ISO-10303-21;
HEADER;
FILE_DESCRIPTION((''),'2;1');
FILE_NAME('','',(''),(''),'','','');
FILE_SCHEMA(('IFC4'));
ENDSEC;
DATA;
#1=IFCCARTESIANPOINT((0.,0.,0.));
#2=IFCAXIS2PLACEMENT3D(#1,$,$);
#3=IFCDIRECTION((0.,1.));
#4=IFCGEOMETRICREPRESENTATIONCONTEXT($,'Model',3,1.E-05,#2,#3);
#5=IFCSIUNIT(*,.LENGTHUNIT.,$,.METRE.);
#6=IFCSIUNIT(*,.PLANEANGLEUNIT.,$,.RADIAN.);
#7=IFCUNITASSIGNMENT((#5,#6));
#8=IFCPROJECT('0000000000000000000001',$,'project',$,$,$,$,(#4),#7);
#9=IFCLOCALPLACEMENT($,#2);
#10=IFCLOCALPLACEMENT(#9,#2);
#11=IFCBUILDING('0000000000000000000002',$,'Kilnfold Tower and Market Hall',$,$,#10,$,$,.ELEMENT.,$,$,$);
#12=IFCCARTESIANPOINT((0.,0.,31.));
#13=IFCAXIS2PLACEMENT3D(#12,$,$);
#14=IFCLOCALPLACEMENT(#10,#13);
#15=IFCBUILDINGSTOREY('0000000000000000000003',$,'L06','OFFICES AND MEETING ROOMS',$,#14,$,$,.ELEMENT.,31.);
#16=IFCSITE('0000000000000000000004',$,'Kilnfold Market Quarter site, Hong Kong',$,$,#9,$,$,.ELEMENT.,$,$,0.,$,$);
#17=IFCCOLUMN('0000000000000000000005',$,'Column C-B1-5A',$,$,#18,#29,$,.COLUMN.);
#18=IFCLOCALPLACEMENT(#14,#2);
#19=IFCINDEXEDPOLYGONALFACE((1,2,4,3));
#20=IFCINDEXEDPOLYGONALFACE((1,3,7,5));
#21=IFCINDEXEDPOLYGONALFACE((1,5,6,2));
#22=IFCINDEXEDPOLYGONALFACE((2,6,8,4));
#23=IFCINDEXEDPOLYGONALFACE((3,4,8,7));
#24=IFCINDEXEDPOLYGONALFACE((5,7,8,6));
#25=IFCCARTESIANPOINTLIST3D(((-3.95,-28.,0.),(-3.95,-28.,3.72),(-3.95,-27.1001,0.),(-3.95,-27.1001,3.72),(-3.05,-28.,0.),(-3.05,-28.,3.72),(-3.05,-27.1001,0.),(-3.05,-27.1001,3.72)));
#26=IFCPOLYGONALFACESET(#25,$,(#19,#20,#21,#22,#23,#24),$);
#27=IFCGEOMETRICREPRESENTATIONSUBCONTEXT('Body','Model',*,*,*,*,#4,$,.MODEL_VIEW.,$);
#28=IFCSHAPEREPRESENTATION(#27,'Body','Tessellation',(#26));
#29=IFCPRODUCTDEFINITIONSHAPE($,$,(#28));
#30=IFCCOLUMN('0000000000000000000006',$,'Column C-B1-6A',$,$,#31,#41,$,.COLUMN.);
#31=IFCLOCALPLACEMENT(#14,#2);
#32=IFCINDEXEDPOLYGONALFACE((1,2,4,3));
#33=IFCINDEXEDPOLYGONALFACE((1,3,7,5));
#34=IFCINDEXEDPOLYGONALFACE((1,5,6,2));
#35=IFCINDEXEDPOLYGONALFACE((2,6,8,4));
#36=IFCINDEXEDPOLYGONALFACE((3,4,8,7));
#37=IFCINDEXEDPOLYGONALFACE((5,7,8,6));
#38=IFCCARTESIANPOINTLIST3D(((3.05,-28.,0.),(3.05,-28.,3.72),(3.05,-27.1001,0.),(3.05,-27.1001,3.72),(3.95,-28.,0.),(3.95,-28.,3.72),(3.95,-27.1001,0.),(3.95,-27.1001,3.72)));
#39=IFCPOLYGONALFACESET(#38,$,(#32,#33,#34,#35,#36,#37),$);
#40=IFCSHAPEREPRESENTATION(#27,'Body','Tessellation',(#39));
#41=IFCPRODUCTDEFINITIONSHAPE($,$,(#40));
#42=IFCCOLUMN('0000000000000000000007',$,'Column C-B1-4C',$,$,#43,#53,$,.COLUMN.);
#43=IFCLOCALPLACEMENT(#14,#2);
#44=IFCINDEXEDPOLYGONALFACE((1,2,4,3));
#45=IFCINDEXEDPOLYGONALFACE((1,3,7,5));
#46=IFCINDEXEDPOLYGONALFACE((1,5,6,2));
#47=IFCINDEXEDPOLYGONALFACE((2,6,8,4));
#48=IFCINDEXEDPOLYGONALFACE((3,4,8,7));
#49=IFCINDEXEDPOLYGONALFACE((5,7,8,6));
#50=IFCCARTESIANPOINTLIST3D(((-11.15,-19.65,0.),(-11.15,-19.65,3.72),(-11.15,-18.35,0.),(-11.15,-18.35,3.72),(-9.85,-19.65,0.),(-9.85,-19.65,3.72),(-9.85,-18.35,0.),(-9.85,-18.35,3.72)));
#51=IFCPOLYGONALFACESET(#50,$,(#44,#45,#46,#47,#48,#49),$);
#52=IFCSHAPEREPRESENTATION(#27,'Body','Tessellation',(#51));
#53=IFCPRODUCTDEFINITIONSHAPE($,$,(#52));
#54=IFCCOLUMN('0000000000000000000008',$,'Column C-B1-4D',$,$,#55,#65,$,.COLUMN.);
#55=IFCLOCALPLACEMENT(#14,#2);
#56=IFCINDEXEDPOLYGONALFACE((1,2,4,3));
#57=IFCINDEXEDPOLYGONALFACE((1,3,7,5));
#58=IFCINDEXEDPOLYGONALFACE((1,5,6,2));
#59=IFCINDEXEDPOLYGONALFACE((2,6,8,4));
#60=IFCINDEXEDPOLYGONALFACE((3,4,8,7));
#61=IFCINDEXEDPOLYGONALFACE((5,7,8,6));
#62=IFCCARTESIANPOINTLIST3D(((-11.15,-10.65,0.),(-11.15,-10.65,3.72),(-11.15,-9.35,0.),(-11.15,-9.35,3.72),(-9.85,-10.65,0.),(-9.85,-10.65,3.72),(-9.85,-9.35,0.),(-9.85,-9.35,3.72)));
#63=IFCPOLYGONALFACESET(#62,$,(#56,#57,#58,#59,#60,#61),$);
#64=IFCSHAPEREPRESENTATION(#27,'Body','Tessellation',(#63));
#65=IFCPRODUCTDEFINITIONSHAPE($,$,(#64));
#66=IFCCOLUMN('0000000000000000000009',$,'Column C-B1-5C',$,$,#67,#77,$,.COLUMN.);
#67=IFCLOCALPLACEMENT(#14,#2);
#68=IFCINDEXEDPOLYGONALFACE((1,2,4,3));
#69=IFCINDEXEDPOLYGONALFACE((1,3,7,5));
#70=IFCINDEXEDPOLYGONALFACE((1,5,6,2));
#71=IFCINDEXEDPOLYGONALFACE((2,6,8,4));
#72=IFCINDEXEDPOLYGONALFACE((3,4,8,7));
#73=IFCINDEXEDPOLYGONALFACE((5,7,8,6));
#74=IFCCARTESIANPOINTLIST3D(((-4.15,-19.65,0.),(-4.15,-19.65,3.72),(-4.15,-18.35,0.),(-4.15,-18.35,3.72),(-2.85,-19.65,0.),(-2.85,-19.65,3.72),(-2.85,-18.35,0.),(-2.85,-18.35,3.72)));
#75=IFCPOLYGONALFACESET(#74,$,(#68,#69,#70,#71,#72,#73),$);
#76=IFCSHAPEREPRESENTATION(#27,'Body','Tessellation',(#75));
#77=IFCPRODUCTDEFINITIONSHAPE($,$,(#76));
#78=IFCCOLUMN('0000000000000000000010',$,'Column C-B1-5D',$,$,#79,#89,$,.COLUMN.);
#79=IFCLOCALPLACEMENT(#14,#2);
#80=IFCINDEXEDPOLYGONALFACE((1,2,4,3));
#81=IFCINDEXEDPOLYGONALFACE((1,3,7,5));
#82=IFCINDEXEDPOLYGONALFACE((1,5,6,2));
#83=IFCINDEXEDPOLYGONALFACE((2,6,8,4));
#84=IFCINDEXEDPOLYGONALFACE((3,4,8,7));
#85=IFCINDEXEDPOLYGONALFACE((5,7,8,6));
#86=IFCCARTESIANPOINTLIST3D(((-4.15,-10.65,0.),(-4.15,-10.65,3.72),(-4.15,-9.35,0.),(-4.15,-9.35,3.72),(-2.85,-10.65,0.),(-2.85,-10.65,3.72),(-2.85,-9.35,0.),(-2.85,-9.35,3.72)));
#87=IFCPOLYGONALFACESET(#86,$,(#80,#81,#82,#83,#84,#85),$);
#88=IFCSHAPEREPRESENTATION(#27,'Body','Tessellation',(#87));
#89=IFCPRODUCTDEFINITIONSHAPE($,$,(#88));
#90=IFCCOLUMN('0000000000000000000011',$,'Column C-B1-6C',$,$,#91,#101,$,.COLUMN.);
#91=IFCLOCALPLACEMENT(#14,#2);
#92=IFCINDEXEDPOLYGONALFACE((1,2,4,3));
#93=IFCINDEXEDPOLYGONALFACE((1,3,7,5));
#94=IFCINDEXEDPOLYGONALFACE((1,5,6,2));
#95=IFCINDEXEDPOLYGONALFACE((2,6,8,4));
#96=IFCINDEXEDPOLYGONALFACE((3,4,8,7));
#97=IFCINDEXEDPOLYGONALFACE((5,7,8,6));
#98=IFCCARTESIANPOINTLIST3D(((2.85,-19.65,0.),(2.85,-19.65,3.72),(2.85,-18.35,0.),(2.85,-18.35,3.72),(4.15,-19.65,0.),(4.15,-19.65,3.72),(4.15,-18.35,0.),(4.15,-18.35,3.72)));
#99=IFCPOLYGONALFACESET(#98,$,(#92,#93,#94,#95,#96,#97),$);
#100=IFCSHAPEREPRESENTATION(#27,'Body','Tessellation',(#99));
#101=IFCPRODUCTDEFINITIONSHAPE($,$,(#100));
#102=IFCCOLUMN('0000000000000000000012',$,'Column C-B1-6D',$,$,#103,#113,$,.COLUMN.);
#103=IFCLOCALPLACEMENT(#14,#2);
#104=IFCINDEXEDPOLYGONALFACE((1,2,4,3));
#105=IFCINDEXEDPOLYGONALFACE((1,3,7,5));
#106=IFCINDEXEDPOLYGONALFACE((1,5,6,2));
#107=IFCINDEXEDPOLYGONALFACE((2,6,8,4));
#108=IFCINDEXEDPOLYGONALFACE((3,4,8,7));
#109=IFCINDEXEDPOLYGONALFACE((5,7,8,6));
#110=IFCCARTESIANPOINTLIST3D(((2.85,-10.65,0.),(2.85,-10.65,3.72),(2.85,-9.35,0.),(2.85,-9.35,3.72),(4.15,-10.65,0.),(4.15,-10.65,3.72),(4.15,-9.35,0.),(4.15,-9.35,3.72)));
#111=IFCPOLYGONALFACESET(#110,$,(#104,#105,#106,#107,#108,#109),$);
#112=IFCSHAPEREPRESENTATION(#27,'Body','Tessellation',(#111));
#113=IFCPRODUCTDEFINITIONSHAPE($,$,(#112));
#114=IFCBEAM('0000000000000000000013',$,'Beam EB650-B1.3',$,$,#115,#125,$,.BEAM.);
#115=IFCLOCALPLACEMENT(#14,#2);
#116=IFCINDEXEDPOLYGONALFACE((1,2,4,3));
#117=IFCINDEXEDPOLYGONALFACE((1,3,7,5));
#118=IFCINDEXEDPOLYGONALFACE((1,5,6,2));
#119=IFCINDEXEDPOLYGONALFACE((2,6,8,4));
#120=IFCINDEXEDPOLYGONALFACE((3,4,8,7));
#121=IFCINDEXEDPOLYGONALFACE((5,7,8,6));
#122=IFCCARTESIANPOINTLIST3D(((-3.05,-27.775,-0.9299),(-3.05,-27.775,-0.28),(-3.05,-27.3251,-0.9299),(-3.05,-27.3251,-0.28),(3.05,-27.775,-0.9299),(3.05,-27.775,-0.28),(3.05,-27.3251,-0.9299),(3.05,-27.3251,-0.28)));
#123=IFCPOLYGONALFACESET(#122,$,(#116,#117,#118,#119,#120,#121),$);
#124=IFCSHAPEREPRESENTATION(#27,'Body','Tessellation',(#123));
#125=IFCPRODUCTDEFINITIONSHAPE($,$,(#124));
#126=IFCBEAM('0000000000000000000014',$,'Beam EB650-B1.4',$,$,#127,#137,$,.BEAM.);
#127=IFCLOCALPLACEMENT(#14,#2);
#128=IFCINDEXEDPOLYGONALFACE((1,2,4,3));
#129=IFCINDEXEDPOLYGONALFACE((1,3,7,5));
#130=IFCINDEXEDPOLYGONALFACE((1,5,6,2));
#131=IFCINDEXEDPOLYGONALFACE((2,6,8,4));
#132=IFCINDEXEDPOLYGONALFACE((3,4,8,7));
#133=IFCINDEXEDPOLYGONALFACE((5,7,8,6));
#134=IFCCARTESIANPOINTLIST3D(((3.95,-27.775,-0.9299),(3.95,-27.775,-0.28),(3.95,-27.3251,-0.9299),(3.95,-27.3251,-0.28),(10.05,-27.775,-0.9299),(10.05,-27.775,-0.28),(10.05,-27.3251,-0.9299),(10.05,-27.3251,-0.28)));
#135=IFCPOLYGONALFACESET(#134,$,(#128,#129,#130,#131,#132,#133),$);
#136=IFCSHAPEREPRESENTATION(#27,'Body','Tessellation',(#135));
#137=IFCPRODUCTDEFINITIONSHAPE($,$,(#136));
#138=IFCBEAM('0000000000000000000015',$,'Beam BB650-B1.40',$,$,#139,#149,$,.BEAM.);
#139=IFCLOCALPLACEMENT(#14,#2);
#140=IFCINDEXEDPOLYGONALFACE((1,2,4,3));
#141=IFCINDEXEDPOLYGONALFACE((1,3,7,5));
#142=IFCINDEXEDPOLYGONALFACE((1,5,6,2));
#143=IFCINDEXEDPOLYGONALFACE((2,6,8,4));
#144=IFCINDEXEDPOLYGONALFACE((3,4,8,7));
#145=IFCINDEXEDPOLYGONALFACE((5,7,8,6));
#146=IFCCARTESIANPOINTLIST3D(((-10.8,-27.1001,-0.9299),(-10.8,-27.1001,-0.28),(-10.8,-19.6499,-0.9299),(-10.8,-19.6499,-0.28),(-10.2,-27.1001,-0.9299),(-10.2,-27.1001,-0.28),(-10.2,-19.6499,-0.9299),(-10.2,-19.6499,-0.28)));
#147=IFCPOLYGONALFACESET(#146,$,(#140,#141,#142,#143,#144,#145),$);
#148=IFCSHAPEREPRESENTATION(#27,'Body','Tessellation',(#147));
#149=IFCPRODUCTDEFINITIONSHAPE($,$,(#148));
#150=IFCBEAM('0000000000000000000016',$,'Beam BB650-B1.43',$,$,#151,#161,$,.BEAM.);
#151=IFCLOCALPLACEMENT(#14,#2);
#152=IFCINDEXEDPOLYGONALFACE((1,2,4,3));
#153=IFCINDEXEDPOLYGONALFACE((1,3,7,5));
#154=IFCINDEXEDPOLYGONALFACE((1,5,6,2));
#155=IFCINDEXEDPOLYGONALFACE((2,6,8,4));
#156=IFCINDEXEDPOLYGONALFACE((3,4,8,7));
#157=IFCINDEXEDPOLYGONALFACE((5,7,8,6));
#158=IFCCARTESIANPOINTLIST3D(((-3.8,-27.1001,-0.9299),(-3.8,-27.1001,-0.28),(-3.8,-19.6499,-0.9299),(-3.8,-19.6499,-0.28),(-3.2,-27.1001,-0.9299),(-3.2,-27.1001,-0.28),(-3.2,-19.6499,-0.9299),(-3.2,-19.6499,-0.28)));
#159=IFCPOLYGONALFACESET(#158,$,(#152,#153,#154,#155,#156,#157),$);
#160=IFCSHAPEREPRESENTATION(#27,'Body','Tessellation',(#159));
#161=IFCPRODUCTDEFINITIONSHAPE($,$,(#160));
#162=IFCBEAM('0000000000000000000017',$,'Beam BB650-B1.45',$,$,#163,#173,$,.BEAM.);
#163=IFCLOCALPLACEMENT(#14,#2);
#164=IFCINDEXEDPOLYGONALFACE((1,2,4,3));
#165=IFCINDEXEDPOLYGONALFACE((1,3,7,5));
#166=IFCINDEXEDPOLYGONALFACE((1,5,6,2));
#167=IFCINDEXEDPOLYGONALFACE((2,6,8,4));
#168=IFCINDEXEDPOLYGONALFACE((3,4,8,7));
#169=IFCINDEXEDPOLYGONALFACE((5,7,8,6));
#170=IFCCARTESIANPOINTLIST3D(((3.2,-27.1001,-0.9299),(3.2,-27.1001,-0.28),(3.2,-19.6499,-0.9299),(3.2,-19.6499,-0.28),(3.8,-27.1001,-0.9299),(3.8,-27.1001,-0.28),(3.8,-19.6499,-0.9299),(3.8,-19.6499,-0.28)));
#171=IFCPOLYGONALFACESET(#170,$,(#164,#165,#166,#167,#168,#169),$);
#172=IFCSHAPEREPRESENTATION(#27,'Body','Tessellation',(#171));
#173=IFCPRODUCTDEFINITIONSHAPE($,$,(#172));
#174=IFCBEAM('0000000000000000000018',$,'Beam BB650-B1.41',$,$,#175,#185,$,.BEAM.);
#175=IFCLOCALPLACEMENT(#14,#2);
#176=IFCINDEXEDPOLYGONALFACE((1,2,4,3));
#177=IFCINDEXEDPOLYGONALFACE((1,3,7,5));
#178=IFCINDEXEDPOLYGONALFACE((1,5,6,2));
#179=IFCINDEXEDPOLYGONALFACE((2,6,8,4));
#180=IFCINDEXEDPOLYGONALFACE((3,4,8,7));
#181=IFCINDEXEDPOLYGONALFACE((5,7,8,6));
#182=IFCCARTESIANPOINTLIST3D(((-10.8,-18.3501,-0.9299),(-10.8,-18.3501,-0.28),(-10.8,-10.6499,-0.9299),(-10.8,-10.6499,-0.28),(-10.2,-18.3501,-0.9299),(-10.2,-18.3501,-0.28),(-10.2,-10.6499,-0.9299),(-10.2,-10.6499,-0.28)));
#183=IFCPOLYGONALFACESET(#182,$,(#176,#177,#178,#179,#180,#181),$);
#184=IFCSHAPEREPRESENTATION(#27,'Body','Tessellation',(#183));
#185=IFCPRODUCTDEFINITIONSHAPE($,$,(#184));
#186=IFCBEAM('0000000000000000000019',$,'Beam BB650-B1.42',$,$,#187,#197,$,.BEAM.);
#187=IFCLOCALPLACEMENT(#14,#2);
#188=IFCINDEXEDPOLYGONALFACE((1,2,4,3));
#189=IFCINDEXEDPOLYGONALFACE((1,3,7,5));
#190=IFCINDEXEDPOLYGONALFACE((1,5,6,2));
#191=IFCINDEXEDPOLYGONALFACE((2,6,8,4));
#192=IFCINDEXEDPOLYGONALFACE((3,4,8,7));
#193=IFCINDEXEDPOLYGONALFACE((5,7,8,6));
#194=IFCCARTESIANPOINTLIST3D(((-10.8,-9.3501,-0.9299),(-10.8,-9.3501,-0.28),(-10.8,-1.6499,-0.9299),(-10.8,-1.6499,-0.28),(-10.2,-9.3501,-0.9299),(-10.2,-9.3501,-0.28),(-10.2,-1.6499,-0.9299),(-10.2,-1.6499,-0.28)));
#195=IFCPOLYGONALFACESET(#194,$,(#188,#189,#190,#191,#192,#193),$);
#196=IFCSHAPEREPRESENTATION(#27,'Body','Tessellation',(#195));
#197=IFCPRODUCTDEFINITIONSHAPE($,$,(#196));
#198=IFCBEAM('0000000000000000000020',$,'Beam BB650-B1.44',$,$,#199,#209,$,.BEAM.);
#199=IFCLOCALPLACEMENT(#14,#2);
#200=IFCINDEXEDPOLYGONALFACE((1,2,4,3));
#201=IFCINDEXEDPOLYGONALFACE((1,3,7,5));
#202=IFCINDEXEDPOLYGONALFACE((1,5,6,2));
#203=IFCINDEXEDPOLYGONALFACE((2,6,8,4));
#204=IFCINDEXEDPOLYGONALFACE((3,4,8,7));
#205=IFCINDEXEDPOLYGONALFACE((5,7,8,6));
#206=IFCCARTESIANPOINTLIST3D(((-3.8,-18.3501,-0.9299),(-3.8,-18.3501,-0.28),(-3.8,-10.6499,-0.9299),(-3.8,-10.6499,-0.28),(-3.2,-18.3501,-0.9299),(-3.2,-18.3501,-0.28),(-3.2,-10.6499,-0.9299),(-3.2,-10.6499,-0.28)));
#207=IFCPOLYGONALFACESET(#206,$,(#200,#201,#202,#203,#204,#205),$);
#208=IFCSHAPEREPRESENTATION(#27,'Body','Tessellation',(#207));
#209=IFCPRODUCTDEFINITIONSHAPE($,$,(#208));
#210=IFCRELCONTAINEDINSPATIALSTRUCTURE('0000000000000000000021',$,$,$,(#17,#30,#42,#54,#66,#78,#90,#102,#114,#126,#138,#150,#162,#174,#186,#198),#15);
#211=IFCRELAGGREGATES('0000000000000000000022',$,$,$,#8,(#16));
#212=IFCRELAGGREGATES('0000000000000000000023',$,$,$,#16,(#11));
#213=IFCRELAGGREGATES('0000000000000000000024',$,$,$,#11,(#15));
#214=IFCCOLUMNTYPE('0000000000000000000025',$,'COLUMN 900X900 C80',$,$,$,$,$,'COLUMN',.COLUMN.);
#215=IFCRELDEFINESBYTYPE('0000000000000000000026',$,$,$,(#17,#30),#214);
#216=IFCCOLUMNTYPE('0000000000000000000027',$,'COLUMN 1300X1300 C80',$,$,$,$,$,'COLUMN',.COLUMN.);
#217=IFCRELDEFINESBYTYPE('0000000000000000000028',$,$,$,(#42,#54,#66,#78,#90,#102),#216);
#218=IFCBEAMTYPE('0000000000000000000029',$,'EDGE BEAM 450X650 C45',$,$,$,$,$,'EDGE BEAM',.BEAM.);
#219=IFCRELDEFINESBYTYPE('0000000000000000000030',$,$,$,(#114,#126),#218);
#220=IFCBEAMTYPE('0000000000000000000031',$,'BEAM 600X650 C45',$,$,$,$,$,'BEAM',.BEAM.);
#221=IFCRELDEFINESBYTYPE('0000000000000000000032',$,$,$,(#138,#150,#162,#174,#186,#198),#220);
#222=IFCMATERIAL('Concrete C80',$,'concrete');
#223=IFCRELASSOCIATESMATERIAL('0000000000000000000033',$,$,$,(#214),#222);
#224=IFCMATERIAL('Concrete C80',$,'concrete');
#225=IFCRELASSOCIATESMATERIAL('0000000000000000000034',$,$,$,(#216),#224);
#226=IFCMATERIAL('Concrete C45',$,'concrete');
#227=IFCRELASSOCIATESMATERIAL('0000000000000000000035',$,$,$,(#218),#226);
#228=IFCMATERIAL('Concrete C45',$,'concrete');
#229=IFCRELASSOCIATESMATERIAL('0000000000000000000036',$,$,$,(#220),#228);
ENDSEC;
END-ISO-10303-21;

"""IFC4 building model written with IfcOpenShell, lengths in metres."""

from ifc_helpers import new_model, si_unit, direction, frame, origin, origin_2d, place, context, subcontext, project, spatial, rectangle, extrude, source, transform, mapped, material, material_profile, profile_set, type_object, element, save


model = new_model("IFC4")

# Units and contexts
model_context = context("Model", 3, precision=1e-05, world=origin(), true_north=direction((0.0, 1.0)))
body_context = subcontext(model_context, "Body", "Model", "MODEL_VIEW")
ifc_project = project(units=[si_unit("LENGTHUNIT", "METRE"), si_unit("PLANEANGLEUNIT", "RADIAN")], contexts=[model_context])

# Site, building, storey
site_placement = place(None, origin())
site = spatial("IfcSite", under=ifc_project, at=site_placement, Name="Kilnfold Market Quarter site, Hong Kong", CompositionType="ELEMENT", RefElevation=0.0)
building_placement = place(site_placement, origin())
building = spatial("IfcBuilding", under=site, at=building_placement, Name="Kilnfold Tower and Market Hall", CompositionType="ELEMENT")
storey_placement = place(building_placement, frame((0.0, 0.0, 31.0)))
storey = spatial("IfcBuildingStorey", under=building, at=storey_placement, Name="L06", Description="OFFICES AND MEETING ROOMS", CompositionType="ELEMENT", Elevation=31.0)

# Columns
ifc_material_1 = material(Name="Concrete C80", Category="concrete")
ifc_material_profile_1 = material_profile(ifc_material_1, rectangle(XDim=0.8999, YDim=0.8999, at=origin_2d()), Name="RC 900x900")
ifc_profile_set_1 = profile_set([ifc_material_profile_1], Name="Concrete C80")
column_type_1 = type_object("IfcColumnType", Name="COLUMN 900X900 C80", ElementType="COLUMN", PredefinedType="COLUMN", material=ifc_profile_set_1)
shared_shape_1 = source(origin(), body_context, "Body", "SweptSolid", [
    extrude(rectangle(XDim=0.8999, YDim=0.8999, at=origin_2d()), origin(), (0.0, 0.0, 1.0), 3.72),
])
for number, where, z_axis, x_axis, name in (
    (1, (-3.5, -27.55, 0.0), (0.0, 0.0, 1.0), (1.0, 0.0, 0.0), "Column C-B1-5A"),
    (2, (3.5, -27.55, 0.0), (0.0, 0.0, 1.0), (1.0, 0.0, 0.0), "Column C-B1-6A"),
):
    element("IfcColumn", number, at=place(storey_placement, frame(where, z_axis=z_axis, x_axis=x_axis)), inside=storey, type_object=column_type_1, Name=name, PredefinedType="COLUMN", context=body_context, shape_type="MappedRepresentation", body=[
        mapped(shared_shape_1, transform((0.0, 0.0, 0.0))),
    ])
ifc_material_2 = material(Name="Concrete C80", Category="concrete")
ifc_material_profile_2 = material_profile(ifc_material_2, rectangle(XDim=1.3, YDim=1.3, at=origin_2d()), Name="RC 1300x1300")
ifc_profile_set_2 = profile_set([ifc_material_profile_2], Name="Concrete C80")
column_type_2 = type_object("IfcColumnType", Name="COLUMN 1300X1300 C80", ElementType="COLUMN", PredefinedType="COLUMN", material=ifc_profile_set_2)
shared_shape_2 = source(origin(), body_context, "Body", "SweptSolid", [
    extrude(rectangle(XDim=1.3, YDim=1.3, at=origin_2d()), origin(), (0.0, 0.0, 1.0), 3.72),
])
for number, where, z_axis, x_axis, name in (
    (3, (-10.5, -19.0, 0.0), (0.0, 0.0, 1.0), (1.0, 0.0, 0.0), "Column C-B1-4C"),
    (4, (-10.5, -10.0, 0.0), (0.0, 0.0, 1.0), (1.0, 0.0, 0.0), "Column C-B1-4D"),
    (5, (-3.5, -19.0, 0.0), (0.0, 0.0, 1.0), (1.0, 0.0, 0.0), "Column C-B1-5C"),
    (6, (-3.5, -10.0, 0.0), (0.0, 0.0, 1.0), (1.0, 0.0, 0.0), "Column C-B1-5D"),
    (7, (3.5, -19.0, 0.0), (0.0, 0.0, 1.0), (1.0, 0.0, 0.0), "Column C-B1-6C"),
    (8, (3.5, -10.0, 0.0), (0.0, 0.0, 1.0), (1.0, 0.0, 0.0), "Column C-B1-6D"),
):
    element("IfcColumn", number, at=place(storey_placement, frame(where, z_axis=z_axis, x_axis=x_axis)), inside=storey, type_object=column_type_2, Name=name, PredefinedType="COLUMN", context=body_context, shape_type="MappedRepresentation", body=[
        mapped(shared_shape_2, transform((0.0, 0.0, 0.0))),
    ])

# Beams
ifc_material_3 = material(Name="Concrete C45", Category="concrete")
ifc_material_profile_3 = material_profile(ifc_material_3, rectangle(XDim=0.45, YDim=0.6499, at=origin_2d()), Name="RC 450x650")
ifc_profile_set_3 = profile_set([ifc_material_profile_3], Name="Concrete C45")
beam_type_1 = type_object("IfcBeamType", Name="EDGE BEAM 450X650 C45", ElementType="EDGE BEAM", PredefinedType="BEAM", material=ifc_profile_set_3)
shared_shape_3 = source(origin(), body_context, "Body", "SweptSolid", [
    extrude(rectangle(XDim=0.45, YDim=0.6499, at=origin_2d()), origin(), (0.0, 0.0, 1.0), 6.1001),
])
for number, where, z_axis, x_axis, name in (
    (9, (-3.05, -27.55, -0.605), (1.0, 0.0, 0.0), (0.0, 1.0, 0.0), "Beam EB650-B1.3"),
    (10, (3.95, -27.55, -0.605), (1.0, 0.0, 0.0), (0.0, 1.0, 0.0), "Beam EB650-B1.4"),
):
    element("IfcBeam", number, at=place(storey_placement, frame(where, z_axis=z_axis, x_axis=x_axis)), inside=storey, type_object=beam_type_1, Name=name, PredefinedType="BEAM", context=body_context, shape_type="MappedRepresentation", body=[
        mapped(shared_shape_3, transform((0.0, 0.0, 0.0))),
    ])
ifc_material_4 = material(Name="Concrete C45", Category="concrete")
ifc_material_profile_4 = material_profile(ifc_material_4, rectangle(XDim=0.6001, YDim=0.6499, at=origin_2d()), Name="RC 600x650")
ifc_profile_set_4 = profile_set([ifc_material_profile_4], Name="Concrete C45")
beam_type_2 = type_object("IfcBeamType", Name="BEAM 600X650 C45", ElementType="BEAM", PredefinedType="BEAM", material=ifc_profile_set_4)
shared_shape_4 = source(origin(), body_context, "Body", "SweptSolid", [
    extrude(rectangle(XDim=0.6001, YDim=0.6499, at=origin_2d()), origin(), (0.0, 0.0, 1.0), 7.4502),
])
for number, where, z_axis, x_axis, name in (
    (11, (-10.5, -27.1001, -0.605), (0.0, 1.0, 0.0), (-1.0, 0.0, 0.0), "Beam BB650-B1.40"),
    (12, (-3.5, -27.1001, -0.605), (0.0, 1.0, 0.0), (-1.0, 0.0, 0.0), "Beam BB650-B1.43"),
    (13, (3.5, -27.1001, -0.605), (0.0, 1.0, 0.0), (-1.0, 0.0, 0.0), "Beam BB650-B1.45"),
):
    element("IfcBeam", number, at=place(storey_placement, frame(where, z_axis=z_axis, x_axis=x_axis)), inside=storey, type_object=beam_type_2, Name=name, PredefinedType="BEAM", context=body_context, shape_type="MappedRepresentation", body=[
        mapped(shared_shape_4, transform((0.0, 0.0, 0.0))),
    ])
shared_shape_5 = source(origin(), body_context, "Body", "SweptSolid", [
    extrude(rectangle(XDim=0.6001, YDim=0.6499, at=origin_2d()), origin(), (0.0, 0.0, 1.0), 7.7002),
])
for number, where, z_axis, x_axis, name in (
    (14, (-10.5, -18.3501, -0.605), (0.0, 1.0, 0.0), (-1.0, 0.0, 0.0), "Beam BB650-B1.41"),
    (15, (-10.5, -9.3501, -0.605), (0.0, 1.0, 0.0), (-1.0, 0.0, 0.0), "Beam BB650-B1.42"),
    (16, (-3.5, -18.3501, -0.605), (0.0, 1.0, 0.0), (-1.0, 0.0, 0.0), "Beam BB650-B1.44"),
):
    element("IfcBeam", number, at=place(storey_placement, frame(where, z_axis=z_axis, x_axis=x_axis)), inside=storey, type_object=beam_type_2, Name=name, PredefinedType="BEAM", context=body_context, shape_type="MappedRepresentation", body=[
        mapped(shared_shape_5, transform((0.0, 0.0, 0.0))),
    ])

save(model, "model.ifc")
